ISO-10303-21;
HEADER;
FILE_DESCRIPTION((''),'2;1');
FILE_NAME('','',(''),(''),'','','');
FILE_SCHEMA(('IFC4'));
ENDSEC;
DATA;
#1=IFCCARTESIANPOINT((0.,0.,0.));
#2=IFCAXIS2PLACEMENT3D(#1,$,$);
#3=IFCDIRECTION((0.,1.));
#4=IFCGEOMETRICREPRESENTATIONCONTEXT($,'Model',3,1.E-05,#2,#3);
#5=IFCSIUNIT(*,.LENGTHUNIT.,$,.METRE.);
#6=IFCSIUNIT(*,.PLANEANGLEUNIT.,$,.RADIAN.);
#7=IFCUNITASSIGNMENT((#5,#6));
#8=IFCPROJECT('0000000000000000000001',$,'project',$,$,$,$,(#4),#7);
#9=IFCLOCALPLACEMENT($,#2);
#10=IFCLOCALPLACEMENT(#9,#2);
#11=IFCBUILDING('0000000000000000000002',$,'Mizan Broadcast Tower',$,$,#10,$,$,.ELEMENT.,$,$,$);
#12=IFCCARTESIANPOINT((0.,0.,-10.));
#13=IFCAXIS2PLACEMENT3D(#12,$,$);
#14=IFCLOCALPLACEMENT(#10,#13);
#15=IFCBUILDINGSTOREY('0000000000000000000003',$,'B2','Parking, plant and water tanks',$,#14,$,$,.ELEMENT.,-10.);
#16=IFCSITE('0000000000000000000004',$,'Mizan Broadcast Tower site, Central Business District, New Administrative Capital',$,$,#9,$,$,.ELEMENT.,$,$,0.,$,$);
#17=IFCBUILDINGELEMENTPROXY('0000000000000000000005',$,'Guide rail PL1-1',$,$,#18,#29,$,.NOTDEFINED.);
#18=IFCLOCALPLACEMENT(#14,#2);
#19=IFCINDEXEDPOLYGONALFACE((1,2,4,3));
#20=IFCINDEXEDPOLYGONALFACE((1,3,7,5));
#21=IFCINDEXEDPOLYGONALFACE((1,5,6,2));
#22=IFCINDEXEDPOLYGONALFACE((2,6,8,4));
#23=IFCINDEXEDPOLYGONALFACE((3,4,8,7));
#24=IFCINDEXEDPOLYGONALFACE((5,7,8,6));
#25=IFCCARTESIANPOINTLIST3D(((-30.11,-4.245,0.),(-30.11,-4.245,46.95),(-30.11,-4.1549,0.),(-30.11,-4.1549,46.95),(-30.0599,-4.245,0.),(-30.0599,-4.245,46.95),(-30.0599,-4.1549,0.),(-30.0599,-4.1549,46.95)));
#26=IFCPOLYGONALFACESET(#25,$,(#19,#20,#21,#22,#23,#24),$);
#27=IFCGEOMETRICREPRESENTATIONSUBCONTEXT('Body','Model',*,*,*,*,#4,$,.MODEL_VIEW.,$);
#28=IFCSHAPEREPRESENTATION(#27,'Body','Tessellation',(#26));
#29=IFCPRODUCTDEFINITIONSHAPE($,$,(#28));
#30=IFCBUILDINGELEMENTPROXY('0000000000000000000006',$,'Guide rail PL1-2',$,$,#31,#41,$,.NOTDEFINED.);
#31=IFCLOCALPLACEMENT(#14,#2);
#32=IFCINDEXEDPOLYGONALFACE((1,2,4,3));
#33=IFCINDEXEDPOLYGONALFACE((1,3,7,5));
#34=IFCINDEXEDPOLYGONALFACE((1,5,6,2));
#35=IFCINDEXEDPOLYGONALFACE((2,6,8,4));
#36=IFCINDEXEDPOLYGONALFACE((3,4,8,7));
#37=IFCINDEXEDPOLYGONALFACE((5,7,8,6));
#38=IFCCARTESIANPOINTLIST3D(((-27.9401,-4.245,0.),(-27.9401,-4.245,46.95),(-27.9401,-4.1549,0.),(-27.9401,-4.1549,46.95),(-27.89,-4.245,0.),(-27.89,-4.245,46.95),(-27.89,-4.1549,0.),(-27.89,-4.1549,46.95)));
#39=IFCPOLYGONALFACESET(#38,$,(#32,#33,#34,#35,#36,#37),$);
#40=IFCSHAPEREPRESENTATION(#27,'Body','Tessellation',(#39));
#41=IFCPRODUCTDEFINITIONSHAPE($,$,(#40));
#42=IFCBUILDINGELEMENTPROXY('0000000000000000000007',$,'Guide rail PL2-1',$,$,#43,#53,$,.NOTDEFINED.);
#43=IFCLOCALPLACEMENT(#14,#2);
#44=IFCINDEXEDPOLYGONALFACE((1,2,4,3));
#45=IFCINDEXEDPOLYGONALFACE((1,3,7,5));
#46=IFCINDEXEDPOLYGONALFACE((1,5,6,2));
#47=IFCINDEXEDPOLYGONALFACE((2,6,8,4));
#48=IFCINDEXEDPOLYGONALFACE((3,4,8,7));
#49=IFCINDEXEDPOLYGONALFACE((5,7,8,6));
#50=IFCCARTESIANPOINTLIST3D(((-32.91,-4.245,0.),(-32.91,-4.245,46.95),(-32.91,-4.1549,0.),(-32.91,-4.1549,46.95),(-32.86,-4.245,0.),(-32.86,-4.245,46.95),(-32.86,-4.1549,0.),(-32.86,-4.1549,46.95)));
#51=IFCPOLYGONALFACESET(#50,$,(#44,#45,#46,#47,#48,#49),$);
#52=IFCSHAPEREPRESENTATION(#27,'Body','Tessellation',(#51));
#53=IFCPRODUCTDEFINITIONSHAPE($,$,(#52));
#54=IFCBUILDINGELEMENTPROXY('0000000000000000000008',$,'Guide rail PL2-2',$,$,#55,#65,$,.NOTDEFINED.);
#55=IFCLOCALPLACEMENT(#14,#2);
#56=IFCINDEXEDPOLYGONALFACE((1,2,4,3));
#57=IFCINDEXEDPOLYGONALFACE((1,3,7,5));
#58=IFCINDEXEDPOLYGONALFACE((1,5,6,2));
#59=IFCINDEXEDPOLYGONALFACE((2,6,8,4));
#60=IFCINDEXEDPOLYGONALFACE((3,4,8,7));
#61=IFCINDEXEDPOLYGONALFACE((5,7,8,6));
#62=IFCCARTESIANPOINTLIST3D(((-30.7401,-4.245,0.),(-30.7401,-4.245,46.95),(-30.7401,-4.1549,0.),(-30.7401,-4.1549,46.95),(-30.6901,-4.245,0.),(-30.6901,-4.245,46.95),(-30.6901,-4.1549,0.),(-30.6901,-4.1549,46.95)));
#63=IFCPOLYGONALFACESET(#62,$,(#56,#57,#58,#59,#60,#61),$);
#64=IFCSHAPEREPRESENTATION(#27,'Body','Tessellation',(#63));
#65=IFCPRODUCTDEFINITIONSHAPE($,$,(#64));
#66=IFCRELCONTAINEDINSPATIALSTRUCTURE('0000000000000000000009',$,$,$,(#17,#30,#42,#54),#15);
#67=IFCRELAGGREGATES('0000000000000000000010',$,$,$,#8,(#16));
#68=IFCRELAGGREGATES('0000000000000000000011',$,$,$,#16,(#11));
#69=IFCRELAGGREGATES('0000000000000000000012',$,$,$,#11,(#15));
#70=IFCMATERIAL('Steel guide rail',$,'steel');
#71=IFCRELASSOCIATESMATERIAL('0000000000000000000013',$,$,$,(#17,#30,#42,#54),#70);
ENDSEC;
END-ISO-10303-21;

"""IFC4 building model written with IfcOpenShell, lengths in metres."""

from ifc_helpers import new_model, si_unit, direction, frame, origin, origin_2d, place, context, subcontext, project, spatial, rectangle, extrude, material, element, save


model = new_model("IFC4")

# Units and contexts
model_context = context("Model", 3, precision=1e-05, world=origin(), true_north=direction((0.0, 1.0)))
body_context = subcontext(model_context, "Body", "Model", "MODEL_VIEW")
ifc_project = project(units=[si_unit("LENGTHUNIT", "METRE"), si_unit("PLANEANGLEUNIT", "RADIAN")], contexts=[model_context])

# Site, building, storey
site_placement = place(None, origin())
site = spatial("IfcSite", under=ifc_project, at=site_placement, Name="Mizan Broadcast Tower site, Central Business District, New Administrative Capital", CompositionType="ELEMENT", RefElevation=0.0)
building_placement = place(site_placement, origin())
building = spatial("IfcBuilding", under=site, at=building_placement, Name="Mizan Broadcast Tower", CompositionType="ELEMENT")
storey_placement = place(building_placement, frame((0.0, 0.0, -10.0)))
storey = spatial("IfcBuildingStorey", under=building, at=storey_placement, Name="B2", Description="Parking, plant and water tanks", CompositionType="ELEMENT", Elevation=-10.0)

# Building element proxies
ifc_material_1 = material(Name="Steel guide rail", Category="steel")
for number, where, z_axis, x_axis, name in (
    (1, (-30.085, -4.2, 0.0), (0.0, 0.0, 1.0), (1.0, 0.0, 0.0), "Guide rail PL1-1"),
    (2, (-27.915, -4.2, 0.0), (0.0, 0.0, 1.0), (1.0, 0.0, 0.0), "Guide rail PL1-2"),
    (3, (-32.885, -4.2, 0.0), (0.0, 0.0, 1.0), (1.0, 0.0, 0.0), "Guide rail PL2-1"),
    (4, (-30.7151, -4.2, 0.0), (0.0, 0.0, 1.0), (1.0, 0.0, 0.0), "Guide rail PL2-2"),
):
    element("IfcBuildingElementProxy", number, at=place(storey_placement, frame(where, z_axis=z_axis, x_axis=x_axis)), inside=storey, material=ifc_material_1, Name=name, PredefinedType="NOTDEFINED", context=body_context, shape_type="SweptSolid", body=[
        extrude(rectangle(XDim=0.05, YDim=0.0901, at=origin_2d()), origin(), (0.0, 0.0, 1.0), 46.95),
    ])

save(model, "model.ifc")
